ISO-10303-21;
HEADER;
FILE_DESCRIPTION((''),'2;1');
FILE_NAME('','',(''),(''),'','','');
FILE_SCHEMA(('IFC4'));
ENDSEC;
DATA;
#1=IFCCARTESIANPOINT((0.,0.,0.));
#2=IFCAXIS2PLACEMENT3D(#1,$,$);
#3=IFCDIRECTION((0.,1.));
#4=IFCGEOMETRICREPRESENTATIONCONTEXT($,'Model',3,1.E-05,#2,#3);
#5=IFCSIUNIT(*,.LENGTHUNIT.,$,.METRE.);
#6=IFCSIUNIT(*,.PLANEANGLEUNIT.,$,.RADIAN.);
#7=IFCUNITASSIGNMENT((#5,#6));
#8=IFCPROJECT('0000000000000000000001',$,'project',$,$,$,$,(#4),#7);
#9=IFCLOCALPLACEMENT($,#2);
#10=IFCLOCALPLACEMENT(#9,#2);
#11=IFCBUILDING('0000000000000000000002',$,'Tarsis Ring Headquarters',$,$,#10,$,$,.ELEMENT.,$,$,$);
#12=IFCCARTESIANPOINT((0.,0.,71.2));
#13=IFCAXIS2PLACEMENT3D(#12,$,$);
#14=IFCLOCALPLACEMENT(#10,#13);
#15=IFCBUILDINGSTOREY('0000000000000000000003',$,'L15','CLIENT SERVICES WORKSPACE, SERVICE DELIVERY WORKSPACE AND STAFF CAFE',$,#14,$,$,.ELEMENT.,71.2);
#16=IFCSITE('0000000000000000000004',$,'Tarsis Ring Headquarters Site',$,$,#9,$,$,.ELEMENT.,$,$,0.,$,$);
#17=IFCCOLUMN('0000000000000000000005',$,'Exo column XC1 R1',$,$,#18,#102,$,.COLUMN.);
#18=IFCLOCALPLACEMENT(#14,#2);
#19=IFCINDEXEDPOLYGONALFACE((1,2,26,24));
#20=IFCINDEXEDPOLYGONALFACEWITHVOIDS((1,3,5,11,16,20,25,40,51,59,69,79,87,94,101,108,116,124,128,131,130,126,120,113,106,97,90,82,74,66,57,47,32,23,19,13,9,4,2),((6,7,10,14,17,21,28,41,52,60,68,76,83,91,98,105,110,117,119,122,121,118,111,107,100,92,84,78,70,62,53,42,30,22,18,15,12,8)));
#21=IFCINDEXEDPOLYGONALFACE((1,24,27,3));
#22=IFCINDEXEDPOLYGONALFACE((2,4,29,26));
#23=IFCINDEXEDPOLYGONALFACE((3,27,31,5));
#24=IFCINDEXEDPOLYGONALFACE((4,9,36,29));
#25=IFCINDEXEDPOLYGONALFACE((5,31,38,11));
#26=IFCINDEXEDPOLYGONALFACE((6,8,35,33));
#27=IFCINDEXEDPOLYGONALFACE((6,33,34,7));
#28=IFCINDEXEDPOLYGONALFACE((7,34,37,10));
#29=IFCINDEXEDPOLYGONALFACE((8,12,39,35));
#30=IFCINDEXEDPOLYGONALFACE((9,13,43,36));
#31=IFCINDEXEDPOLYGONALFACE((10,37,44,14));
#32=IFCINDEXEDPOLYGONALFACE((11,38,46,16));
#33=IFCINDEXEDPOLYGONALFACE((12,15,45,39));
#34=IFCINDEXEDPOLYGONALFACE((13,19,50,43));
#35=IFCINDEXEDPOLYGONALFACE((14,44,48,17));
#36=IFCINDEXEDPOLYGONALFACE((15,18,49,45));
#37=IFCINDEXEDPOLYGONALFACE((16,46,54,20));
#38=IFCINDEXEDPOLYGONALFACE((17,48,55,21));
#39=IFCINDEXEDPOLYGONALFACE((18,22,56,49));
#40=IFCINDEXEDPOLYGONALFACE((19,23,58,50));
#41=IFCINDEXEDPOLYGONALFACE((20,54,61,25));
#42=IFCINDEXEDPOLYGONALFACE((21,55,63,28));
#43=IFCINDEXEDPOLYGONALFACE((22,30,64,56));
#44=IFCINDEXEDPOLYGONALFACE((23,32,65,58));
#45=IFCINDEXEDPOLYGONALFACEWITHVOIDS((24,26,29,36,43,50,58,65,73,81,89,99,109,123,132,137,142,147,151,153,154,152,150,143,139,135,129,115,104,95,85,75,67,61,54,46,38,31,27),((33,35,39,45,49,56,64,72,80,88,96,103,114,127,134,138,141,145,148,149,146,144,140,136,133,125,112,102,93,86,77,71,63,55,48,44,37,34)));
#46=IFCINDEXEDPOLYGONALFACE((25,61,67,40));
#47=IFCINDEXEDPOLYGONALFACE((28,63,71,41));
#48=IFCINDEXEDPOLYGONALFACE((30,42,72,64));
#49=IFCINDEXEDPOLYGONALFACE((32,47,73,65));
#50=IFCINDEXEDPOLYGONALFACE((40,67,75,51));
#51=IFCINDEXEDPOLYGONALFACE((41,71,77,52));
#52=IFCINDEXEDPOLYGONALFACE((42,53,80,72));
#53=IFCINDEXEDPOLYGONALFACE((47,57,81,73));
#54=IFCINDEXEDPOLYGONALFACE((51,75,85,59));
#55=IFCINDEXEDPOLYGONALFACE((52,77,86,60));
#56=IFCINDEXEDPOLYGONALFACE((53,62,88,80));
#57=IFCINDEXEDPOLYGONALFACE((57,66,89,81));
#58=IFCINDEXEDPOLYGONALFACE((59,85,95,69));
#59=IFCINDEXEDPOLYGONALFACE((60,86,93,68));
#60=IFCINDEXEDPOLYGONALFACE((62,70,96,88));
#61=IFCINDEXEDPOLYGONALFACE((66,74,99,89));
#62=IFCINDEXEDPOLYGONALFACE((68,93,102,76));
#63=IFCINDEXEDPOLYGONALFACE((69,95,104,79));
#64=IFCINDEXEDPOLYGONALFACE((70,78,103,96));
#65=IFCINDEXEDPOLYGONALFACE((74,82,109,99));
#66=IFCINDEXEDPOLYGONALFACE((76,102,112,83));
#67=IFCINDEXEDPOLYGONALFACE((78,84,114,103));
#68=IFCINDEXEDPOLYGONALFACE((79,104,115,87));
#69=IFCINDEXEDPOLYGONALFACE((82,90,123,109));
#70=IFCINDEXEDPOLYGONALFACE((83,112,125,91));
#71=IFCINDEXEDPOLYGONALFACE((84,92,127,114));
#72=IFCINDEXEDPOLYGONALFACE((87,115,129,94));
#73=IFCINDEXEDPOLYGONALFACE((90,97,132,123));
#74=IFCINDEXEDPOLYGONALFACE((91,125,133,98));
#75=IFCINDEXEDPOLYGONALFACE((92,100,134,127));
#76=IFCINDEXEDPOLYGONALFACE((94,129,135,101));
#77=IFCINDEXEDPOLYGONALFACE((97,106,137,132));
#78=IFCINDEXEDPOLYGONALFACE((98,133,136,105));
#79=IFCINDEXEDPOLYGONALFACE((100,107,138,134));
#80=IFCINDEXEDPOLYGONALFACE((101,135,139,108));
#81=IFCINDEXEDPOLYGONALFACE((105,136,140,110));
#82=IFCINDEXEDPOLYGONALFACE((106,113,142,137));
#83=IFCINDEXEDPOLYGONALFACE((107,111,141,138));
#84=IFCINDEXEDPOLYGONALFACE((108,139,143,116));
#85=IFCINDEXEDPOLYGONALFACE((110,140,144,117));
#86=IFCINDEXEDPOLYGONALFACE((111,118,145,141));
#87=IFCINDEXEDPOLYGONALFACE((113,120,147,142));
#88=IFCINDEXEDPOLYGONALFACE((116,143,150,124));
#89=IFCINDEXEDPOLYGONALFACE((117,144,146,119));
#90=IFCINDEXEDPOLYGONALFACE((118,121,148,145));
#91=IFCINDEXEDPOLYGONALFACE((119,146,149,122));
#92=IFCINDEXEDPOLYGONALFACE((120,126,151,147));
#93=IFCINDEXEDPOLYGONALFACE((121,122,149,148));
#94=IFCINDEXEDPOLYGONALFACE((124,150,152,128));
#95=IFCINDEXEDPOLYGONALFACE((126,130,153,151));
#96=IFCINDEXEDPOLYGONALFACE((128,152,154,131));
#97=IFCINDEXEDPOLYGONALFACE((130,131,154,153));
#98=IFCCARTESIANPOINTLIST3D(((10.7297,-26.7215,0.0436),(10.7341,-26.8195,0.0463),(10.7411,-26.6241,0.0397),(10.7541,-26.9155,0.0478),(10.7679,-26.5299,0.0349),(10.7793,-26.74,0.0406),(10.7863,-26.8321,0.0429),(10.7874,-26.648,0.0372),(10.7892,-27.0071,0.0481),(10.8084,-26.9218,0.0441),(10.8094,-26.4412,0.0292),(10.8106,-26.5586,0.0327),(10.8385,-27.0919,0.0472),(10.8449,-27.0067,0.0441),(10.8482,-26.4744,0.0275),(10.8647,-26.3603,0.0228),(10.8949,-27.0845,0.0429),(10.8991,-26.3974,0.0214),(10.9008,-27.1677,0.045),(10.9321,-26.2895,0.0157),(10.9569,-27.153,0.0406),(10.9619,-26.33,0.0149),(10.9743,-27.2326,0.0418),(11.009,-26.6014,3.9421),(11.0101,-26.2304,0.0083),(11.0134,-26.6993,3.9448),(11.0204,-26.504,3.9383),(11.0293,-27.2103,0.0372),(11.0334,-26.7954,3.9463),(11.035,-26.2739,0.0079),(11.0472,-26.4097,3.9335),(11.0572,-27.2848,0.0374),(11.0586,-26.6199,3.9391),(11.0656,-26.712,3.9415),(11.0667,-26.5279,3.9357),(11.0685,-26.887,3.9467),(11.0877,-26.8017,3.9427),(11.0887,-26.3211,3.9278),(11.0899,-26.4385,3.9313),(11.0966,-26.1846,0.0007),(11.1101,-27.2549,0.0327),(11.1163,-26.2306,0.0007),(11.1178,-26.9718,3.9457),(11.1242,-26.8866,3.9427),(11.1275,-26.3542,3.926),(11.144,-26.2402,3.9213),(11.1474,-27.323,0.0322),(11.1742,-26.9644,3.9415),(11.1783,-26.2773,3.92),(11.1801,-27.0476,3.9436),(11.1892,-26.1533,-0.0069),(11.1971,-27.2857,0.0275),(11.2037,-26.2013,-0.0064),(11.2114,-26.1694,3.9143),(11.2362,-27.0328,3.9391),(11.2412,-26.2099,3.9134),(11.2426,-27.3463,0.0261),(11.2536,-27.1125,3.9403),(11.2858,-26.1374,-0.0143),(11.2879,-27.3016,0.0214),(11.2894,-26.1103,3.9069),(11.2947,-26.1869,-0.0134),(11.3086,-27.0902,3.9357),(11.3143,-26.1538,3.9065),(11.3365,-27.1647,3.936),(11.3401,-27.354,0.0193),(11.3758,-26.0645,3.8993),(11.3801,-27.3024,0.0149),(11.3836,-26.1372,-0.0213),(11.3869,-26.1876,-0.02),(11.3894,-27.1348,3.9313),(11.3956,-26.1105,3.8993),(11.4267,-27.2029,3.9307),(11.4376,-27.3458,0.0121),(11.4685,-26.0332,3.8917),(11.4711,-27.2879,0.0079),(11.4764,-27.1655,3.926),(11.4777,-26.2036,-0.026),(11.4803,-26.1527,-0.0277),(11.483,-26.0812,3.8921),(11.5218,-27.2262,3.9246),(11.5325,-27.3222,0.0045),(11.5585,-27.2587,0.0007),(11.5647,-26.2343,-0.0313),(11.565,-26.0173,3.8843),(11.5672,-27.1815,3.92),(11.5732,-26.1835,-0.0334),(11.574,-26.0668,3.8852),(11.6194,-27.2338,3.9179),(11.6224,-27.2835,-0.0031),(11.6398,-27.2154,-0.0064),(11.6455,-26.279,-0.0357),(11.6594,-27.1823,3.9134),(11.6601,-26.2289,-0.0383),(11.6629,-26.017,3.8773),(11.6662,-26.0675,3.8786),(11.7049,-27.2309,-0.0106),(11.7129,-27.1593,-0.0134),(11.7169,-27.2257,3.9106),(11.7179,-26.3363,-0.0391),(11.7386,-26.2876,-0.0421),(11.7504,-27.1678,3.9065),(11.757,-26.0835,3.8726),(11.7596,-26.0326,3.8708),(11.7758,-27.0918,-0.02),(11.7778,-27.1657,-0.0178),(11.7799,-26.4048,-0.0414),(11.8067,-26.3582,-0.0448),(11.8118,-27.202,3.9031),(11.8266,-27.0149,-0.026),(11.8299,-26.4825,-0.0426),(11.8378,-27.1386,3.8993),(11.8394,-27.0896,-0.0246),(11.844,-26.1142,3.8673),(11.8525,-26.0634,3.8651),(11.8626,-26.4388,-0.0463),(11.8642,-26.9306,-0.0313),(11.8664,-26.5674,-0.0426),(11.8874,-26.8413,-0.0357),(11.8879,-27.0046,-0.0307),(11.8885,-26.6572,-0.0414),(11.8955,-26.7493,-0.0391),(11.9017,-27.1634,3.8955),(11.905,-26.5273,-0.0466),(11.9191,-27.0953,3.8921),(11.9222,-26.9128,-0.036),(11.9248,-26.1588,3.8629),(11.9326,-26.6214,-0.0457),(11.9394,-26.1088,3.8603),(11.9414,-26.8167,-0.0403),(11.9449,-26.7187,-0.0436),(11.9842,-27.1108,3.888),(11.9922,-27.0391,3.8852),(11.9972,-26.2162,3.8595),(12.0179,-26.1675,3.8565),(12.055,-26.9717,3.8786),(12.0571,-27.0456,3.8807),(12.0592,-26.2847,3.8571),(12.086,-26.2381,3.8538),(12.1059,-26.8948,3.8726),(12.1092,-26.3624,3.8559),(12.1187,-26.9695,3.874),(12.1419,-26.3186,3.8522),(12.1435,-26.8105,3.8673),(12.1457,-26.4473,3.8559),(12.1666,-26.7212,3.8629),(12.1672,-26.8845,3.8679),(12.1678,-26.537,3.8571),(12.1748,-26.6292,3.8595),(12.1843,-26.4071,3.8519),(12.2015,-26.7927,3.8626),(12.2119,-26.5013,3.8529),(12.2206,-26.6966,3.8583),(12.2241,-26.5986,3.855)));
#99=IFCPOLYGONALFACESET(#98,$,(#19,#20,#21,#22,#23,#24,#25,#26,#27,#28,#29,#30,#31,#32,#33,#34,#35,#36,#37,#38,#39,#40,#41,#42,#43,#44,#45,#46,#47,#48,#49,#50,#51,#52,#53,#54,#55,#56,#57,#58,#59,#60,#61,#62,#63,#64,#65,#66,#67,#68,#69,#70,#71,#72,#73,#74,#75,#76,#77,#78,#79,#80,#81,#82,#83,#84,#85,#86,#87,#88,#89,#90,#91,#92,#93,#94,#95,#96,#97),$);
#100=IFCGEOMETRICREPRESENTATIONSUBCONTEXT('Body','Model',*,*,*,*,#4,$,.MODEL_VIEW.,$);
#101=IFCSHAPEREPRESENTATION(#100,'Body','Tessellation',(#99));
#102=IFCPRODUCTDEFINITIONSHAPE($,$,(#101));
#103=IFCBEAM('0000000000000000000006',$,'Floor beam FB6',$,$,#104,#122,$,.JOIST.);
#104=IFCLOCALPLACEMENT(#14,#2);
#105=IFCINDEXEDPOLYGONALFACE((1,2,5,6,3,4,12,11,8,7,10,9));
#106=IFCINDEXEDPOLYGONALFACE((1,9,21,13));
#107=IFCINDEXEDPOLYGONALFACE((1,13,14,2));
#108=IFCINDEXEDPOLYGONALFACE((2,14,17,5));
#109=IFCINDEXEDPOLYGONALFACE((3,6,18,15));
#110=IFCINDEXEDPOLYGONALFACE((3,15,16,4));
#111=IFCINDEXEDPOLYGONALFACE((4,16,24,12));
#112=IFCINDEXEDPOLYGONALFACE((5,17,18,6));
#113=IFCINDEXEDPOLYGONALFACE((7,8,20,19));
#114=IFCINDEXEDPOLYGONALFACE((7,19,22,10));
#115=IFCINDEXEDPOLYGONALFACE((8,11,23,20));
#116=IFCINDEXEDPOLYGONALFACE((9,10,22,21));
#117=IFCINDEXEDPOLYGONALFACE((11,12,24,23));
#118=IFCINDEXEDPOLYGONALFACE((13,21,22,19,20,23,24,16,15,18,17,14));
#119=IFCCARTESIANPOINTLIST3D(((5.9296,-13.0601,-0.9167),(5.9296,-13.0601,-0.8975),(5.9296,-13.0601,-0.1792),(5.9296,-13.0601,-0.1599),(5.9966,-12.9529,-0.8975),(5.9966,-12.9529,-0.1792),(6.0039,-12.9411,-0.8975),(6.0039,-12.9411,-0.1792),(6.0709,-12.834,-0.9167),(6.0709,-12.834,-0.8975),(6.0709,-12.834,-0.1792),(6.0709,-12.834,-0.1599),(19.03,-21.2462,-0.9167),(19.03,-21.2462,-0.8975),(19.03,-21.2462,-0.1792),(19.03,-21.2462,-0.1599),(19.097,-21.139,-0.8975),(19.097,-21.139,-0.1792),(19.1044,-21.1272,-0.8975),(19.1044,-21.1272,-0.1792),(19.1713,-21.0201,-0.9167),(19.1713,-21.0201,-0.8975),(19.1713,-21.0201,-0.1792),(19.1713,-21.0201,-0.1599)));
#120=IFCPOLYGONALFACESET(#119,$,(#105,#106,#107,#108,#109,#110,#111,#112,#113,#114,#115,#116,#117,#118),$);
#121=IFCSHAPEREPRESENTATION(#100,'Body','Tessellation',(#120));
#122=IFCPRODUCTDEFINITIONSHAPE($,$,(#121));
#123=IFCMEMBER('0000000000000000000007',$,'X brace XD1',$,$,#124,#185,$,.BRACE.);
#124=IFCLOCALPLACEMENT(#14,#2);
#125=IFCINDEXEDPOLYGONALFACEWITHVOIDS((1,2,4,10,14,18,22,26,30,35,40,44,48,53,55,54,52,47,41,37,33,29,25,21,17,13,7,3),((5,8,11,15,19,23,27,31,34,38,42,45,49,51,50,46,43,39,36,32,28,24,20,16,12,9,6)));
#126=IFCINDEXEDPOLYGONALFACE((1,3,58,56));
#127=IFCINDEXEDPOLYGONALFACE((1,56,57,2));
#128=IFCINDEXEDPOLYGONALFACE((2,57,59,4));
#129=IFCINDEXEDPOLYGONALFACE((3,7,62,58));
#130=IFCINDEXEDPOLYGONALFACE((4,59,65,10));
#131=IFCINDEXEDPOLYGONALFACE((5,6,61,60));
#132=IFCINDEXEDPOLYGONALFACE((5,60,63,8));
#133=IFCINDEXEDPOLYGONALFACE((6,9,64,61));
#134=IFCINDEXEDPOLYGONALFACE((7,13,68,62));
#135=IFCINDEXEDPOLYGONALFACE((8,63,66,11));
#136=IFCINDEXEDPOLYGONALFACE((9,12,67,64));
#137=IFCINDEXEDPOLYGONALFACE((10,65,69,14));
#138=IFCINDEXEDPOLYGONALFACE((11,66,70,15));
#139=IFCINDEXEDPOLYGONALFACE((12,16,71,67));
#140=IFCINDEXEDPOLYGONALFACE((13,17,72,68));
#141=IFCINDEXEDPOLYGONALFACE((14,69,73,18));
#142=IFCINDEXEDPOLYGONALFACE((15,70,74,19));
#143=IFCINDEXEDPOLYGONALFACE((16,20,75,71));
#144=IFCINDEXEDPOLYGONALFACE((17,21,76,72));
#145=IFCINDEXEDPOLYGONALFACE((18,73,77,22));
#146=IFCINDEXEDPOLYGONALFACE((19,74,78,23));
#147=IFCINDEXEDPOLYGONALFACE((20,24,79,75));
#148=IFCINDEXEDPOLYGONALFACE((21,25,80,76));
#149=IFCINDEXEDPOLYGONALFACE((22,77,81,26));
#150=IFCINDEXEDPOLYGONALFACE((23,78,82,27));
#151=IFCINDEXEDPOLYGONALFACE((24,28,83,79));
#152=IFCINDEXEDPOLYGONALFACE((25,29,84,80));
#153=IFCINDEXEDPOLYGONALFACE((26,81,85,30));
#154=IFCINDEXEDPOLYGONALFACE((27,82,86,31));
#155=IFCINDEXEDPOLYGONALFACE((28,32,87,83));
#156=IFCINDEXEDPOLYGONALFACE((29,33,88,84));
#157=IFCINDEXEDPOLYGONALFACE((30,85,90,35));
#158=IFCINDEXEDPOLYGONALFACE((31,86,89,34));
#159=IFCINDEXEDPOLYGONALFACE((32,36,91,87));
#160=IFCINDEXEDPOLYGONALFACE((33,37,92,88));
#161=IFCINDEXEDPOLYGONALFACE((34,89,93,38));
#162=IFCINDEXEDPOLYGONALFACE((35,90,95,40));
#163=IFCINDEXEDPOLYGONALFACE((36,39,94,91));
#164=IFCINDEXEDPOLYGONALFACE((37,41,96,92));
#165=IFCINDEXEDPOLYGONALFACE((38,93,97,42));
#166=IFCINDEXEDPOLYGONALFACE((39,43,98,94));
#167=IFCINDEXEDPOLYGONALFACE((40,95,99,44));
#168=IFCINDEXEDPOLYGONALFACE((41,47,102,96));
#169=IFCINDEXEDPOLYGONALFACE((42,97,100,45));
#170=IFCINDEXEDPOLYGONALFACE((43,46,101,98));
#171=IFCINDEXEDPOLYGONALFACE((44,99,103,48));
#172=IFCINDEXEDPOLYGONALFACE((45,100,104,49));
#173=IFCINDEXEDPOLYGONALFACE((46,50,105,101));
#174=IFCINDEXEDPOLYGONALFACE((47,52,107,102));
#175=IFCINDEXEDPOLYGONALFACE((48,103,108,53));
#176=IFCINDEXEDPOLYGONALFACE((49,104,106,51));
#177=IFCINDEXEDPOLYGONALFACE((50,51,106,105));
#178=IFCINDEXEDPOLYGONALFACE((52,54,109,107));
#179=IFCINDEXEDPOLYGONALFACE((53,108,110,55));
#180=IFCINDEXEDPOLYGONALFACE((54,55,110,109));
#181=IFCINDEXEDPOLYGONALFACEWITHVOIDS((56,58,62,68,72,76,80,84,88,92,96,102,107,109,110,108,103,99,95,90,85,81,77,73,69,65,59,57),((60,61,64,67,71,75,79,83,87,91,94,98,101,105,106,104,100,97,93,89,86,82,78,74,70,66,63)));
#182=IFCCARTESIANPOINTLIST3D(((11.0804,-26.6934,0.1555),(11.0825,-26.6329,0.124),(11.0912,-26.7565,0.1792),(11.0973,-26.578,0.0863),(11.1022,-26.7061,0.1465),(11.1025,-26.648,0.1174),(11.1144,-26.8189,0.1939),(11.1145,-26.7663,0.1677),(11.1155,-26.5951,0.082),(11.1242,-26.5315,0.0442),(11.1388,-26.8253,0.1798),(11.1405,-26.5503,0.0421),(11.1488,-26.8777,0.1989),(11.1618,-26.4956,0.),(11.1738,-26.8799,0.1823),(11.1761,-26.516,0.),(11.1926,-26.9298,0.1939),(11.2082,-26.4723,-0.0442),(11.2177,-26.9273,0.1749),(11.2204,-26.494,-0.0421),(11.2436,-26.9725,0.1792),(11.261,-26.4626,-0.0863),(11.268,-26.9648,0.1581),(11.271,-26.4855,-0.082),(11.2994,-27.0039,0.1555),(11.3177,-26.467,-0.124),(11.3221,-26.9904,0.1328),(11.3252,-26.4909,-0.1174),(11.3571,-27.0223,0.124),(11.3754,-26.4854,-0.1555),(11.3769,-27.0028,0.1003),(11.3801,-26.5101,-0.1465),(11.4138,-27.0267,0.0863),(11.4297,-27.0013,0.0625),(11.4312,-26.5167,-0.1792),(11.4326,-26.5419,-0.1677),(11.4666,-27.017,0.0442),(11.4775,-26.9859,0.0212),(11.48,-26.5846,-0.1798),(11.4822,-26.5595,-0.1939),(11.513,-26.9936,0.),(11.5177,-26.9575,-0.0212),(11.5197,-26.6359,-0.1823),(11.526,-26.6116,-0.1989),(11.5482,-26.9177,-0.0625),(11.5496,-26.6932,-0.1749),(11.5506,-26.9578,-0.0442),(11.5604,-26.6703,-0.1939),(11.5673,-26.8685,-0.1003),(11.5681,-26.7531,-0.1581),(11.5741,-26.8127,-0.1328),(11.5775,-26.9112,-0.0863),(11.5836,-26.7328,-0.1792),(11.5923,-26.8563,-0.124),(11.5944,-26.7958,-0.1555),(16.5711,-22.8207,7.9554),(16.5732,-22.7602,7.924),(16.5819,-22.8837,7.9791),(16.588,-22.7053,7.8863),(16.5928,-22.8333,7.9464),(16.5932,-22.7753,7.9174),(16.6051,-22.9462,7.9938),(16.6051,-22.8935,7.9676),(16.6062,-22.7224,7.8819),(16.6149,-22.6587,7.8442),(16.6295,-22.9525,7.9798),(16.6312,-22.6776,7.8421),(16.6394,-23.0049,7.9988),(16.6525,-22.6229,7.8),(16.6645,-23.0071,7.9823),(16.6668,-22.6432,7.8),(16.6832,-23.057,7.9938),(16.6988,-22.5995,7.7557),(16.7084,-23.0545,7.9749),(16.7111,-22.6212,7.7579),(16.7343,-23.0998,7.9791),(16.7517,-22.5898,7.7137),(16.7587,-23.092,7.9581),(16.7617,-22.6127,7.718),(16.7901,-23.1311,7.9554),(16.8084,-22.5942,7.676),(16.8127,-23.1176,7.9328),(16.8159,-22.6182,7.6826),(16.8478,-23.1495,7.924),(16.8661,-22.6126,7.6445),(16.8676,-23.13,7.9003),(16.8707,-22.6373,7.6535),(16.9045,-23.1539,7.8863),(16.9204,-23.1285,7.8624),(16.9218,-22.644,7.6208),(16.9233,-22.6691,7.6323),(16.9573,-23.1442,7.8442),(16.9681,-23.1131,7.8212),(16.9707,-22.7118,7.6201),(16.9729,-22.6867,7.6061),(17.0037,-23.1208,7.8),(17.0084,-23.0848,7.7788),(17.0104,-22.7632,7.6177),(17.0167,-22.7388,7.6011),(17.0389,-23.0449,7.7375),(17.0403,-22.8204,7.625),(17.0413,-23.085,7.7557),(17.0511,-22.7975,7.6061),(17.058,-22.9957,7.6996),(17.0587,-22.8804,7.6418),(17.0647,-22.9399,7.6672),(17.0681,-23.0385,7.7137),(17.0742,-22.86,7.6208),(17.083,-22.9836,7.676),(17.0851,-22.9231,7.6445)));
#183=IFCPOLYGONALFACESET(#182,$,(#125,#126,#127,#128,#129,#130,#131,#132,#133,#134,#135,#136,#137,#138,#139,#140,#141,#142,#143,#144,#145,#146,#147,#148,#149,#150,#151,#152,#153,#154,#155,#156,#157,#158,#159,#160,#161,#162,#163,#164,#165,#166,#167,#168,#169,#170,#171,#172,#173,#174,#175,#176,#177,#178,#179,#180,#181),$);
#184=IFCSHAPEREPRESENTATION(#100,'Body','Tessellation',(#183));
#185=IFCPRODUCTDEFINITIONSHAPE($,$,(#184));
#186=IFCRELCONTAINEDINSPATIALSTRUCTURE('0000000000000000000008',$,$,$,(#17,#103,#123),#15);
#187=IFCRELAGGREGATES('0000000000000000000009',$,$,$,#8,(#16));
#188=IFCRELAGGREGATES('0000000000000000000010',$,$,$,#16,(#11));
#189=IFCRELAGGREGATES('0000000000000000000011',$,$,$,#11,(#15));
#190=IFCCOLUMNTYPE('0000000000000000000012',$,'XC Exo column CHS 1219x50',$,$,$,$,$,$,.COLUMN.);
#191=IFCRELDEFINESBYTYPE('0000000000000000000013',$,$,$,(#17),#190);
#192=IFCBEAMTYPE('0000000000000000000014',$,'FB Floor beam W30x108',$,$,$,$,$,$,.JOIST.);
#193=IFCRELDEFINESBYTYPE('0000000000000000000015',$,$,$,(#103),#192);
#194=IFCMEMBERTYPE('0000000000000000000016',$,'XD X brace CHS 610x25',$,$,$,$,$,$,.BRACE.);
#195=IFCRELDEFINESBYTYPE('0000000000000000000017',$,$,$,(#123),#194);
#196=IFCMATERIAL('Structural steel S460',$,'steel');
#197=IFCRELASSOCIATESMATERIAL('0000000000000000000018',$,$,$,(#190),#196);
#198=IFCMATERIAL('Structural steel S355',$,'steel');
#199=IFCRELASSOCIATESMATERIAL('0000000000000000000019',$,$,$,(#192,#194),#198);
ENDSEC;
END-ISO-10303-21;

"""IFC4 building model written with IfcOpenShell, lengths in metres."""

from ifc_helpers import new_model, si_unit, direction, frame, origin, origin_2d, place, context, subcontext, project, spatial, hollow_circle, i_section, extrude, material, material_profile, profile_set, type_object, element, save


model = new_model("IFC4")

# Units and contexts
model_context = context("Model", 3, precision=1e-05, world=origin(), true_north=direction((0.0, 1.0)))
body_context = subcontext(model_context, "Body", "Model", "MODEL_VIEW")
ifc_project = project(units=[si_unit("LENGTHUNIT", "METRE"), si_unit("PLANEANGLEUNIT", "RADIAN")], contexts=[model_context])

# Site, building, storey
site_placement = place(None, origin())
site = spatial("IfcSite", under=ifc_project, at=site_placement, Name="Tarsis Ring Headquarters Site", CompositionType="ELEMENT", RefElevation=0.0)
building_placement = place(site_placement, origin())
building = spatial("IfcBuilding", under=site, at=building_placement, Name="Tarsis Ring Headquarters", CompositionType="ELEMENT")
storey_placement = place(building_placement, frame((0.0, 0.0, 71.2)))
storey = spatial("IfcBuildingStorey", under=building, at=storey_placement, Name="L15", Description="CLIENT SERVICES WORKSPACE, SERVICE DELIVERY WORKSPACE AND STAFF CAFE", CompositionType="ELEMENT", Elevation=71.2)

# Column
ifc_material_1 = material(Name="Structural steel S460", Category="steel")
ifc_material_profile_1 = material_profile(ifc_material_1, hollow_circle(Radius=0.6096, WallThickness=0.05, at=origin_2d()), Name="CHS 1219x50")
ifc_profile_set_1 = profile_set([ifc_material_profile_1], Name="Structural steel S460")
column_type = type_object("IfcColumnType", Name="XC Exo column CHS 1219x50", PredefinedType="COLUMN", material=ifc_profile_set_1)
column_placement = place(storey_placement, frame((11.3374, -26.7446, 0.0007), z_axis=(0.071422, 0.030716, 0.996973), x_axis=(-0.395082, 0.918646, 0.0)))
element("IfcColumn", 1, at=column_placement, inside=storey, type_object=column_type, Name="Exo column XC1 R1", PredefinedType="COLUMN", context=body_context, shape_type="SweptSolid", body=[
    extrude(hollow_circle(Radius=0.6096, WallThickness=0.05, at=origin_2d()), origin(), (0.0, 0.0, 1.0), 3.9104),
])

# Beam
ifc_material_2 = material(Name="Structural steel S355", Category="steel")
ifc_material_profile_2 = material_profile(ifc_material_2, i_section(OverallWidth=0.2666, OverallDepth=0.7568, WebThickness=0.0139, FlangeThickness=0.0193, at=origin_2d()), Name="W30x108")
ifc_profile_set_2 = profile_set([ifc_material_profile_2], Name="Structural steel S355")
beam_type_1 = type_object("IfcBeamType", Name="FB Floor beam W30x108", PredefinedType="JOIST", material=ifc_profile_set_2)
beam_1_placement = place(storey_placement, frame((6.0002, -12.947, -0.5383), z_axis=(0.848047, -0.529921, 0.0), x_axis=(0.529921, 0.848047, 0.0)))
element("IfcBeam", 2, at=beam_1_placement, inside=storey, type_object=beam_type_1, Name="Floor beam FB6", PredefinedType="JOIST", context=body_context, shape_type="SweptSolid", body=[
    extrude(i_section(OverallWidth=0.2666, OverallDepth=0.7568, WebThickness=0.0139, FlangeThickness=0.0193, at=origin_2d()), origin(), (0.0, 0.0, 1.0), 15.4478),
])

# Member
ifc_material_profile_3 = material_profile(ifc_material_2, hollow_circle(Radius=0.3047, WallThickness=0.0249, at=origin_2d()), Name="CHS 610x25")
ifc_profile_set_3 = profile_set([ifc_material_profile_3], Name="Structural steel S355")
member_type = type_object("IfcMemberType", Name="XD X brace CHS 610x25", PredefinedType="BRACE", material=ifc_profile_set_3)
member_placement = place(storey_placement, frame((11.3374, -26.7446, 0.0), z_axis=(0.533338, 0.376182, 0.757653), x_axis=(-0.576385, 0.817178, 0.0)))
element("IfcMember", 3, at=member_placement, inside=storey, type_object=member_type, Name="X brace XD1", PredefinedType="BRACE", context=body_context, shape_type="SweptSolid", body=[
    extrude(hollow_circle(Radius=0.3047, WallThickness=0.0249, at=origin_2d()), origin(), (0.0, 0.0, 1.0), 10.2949),
])

save(model, "model.ifc")
